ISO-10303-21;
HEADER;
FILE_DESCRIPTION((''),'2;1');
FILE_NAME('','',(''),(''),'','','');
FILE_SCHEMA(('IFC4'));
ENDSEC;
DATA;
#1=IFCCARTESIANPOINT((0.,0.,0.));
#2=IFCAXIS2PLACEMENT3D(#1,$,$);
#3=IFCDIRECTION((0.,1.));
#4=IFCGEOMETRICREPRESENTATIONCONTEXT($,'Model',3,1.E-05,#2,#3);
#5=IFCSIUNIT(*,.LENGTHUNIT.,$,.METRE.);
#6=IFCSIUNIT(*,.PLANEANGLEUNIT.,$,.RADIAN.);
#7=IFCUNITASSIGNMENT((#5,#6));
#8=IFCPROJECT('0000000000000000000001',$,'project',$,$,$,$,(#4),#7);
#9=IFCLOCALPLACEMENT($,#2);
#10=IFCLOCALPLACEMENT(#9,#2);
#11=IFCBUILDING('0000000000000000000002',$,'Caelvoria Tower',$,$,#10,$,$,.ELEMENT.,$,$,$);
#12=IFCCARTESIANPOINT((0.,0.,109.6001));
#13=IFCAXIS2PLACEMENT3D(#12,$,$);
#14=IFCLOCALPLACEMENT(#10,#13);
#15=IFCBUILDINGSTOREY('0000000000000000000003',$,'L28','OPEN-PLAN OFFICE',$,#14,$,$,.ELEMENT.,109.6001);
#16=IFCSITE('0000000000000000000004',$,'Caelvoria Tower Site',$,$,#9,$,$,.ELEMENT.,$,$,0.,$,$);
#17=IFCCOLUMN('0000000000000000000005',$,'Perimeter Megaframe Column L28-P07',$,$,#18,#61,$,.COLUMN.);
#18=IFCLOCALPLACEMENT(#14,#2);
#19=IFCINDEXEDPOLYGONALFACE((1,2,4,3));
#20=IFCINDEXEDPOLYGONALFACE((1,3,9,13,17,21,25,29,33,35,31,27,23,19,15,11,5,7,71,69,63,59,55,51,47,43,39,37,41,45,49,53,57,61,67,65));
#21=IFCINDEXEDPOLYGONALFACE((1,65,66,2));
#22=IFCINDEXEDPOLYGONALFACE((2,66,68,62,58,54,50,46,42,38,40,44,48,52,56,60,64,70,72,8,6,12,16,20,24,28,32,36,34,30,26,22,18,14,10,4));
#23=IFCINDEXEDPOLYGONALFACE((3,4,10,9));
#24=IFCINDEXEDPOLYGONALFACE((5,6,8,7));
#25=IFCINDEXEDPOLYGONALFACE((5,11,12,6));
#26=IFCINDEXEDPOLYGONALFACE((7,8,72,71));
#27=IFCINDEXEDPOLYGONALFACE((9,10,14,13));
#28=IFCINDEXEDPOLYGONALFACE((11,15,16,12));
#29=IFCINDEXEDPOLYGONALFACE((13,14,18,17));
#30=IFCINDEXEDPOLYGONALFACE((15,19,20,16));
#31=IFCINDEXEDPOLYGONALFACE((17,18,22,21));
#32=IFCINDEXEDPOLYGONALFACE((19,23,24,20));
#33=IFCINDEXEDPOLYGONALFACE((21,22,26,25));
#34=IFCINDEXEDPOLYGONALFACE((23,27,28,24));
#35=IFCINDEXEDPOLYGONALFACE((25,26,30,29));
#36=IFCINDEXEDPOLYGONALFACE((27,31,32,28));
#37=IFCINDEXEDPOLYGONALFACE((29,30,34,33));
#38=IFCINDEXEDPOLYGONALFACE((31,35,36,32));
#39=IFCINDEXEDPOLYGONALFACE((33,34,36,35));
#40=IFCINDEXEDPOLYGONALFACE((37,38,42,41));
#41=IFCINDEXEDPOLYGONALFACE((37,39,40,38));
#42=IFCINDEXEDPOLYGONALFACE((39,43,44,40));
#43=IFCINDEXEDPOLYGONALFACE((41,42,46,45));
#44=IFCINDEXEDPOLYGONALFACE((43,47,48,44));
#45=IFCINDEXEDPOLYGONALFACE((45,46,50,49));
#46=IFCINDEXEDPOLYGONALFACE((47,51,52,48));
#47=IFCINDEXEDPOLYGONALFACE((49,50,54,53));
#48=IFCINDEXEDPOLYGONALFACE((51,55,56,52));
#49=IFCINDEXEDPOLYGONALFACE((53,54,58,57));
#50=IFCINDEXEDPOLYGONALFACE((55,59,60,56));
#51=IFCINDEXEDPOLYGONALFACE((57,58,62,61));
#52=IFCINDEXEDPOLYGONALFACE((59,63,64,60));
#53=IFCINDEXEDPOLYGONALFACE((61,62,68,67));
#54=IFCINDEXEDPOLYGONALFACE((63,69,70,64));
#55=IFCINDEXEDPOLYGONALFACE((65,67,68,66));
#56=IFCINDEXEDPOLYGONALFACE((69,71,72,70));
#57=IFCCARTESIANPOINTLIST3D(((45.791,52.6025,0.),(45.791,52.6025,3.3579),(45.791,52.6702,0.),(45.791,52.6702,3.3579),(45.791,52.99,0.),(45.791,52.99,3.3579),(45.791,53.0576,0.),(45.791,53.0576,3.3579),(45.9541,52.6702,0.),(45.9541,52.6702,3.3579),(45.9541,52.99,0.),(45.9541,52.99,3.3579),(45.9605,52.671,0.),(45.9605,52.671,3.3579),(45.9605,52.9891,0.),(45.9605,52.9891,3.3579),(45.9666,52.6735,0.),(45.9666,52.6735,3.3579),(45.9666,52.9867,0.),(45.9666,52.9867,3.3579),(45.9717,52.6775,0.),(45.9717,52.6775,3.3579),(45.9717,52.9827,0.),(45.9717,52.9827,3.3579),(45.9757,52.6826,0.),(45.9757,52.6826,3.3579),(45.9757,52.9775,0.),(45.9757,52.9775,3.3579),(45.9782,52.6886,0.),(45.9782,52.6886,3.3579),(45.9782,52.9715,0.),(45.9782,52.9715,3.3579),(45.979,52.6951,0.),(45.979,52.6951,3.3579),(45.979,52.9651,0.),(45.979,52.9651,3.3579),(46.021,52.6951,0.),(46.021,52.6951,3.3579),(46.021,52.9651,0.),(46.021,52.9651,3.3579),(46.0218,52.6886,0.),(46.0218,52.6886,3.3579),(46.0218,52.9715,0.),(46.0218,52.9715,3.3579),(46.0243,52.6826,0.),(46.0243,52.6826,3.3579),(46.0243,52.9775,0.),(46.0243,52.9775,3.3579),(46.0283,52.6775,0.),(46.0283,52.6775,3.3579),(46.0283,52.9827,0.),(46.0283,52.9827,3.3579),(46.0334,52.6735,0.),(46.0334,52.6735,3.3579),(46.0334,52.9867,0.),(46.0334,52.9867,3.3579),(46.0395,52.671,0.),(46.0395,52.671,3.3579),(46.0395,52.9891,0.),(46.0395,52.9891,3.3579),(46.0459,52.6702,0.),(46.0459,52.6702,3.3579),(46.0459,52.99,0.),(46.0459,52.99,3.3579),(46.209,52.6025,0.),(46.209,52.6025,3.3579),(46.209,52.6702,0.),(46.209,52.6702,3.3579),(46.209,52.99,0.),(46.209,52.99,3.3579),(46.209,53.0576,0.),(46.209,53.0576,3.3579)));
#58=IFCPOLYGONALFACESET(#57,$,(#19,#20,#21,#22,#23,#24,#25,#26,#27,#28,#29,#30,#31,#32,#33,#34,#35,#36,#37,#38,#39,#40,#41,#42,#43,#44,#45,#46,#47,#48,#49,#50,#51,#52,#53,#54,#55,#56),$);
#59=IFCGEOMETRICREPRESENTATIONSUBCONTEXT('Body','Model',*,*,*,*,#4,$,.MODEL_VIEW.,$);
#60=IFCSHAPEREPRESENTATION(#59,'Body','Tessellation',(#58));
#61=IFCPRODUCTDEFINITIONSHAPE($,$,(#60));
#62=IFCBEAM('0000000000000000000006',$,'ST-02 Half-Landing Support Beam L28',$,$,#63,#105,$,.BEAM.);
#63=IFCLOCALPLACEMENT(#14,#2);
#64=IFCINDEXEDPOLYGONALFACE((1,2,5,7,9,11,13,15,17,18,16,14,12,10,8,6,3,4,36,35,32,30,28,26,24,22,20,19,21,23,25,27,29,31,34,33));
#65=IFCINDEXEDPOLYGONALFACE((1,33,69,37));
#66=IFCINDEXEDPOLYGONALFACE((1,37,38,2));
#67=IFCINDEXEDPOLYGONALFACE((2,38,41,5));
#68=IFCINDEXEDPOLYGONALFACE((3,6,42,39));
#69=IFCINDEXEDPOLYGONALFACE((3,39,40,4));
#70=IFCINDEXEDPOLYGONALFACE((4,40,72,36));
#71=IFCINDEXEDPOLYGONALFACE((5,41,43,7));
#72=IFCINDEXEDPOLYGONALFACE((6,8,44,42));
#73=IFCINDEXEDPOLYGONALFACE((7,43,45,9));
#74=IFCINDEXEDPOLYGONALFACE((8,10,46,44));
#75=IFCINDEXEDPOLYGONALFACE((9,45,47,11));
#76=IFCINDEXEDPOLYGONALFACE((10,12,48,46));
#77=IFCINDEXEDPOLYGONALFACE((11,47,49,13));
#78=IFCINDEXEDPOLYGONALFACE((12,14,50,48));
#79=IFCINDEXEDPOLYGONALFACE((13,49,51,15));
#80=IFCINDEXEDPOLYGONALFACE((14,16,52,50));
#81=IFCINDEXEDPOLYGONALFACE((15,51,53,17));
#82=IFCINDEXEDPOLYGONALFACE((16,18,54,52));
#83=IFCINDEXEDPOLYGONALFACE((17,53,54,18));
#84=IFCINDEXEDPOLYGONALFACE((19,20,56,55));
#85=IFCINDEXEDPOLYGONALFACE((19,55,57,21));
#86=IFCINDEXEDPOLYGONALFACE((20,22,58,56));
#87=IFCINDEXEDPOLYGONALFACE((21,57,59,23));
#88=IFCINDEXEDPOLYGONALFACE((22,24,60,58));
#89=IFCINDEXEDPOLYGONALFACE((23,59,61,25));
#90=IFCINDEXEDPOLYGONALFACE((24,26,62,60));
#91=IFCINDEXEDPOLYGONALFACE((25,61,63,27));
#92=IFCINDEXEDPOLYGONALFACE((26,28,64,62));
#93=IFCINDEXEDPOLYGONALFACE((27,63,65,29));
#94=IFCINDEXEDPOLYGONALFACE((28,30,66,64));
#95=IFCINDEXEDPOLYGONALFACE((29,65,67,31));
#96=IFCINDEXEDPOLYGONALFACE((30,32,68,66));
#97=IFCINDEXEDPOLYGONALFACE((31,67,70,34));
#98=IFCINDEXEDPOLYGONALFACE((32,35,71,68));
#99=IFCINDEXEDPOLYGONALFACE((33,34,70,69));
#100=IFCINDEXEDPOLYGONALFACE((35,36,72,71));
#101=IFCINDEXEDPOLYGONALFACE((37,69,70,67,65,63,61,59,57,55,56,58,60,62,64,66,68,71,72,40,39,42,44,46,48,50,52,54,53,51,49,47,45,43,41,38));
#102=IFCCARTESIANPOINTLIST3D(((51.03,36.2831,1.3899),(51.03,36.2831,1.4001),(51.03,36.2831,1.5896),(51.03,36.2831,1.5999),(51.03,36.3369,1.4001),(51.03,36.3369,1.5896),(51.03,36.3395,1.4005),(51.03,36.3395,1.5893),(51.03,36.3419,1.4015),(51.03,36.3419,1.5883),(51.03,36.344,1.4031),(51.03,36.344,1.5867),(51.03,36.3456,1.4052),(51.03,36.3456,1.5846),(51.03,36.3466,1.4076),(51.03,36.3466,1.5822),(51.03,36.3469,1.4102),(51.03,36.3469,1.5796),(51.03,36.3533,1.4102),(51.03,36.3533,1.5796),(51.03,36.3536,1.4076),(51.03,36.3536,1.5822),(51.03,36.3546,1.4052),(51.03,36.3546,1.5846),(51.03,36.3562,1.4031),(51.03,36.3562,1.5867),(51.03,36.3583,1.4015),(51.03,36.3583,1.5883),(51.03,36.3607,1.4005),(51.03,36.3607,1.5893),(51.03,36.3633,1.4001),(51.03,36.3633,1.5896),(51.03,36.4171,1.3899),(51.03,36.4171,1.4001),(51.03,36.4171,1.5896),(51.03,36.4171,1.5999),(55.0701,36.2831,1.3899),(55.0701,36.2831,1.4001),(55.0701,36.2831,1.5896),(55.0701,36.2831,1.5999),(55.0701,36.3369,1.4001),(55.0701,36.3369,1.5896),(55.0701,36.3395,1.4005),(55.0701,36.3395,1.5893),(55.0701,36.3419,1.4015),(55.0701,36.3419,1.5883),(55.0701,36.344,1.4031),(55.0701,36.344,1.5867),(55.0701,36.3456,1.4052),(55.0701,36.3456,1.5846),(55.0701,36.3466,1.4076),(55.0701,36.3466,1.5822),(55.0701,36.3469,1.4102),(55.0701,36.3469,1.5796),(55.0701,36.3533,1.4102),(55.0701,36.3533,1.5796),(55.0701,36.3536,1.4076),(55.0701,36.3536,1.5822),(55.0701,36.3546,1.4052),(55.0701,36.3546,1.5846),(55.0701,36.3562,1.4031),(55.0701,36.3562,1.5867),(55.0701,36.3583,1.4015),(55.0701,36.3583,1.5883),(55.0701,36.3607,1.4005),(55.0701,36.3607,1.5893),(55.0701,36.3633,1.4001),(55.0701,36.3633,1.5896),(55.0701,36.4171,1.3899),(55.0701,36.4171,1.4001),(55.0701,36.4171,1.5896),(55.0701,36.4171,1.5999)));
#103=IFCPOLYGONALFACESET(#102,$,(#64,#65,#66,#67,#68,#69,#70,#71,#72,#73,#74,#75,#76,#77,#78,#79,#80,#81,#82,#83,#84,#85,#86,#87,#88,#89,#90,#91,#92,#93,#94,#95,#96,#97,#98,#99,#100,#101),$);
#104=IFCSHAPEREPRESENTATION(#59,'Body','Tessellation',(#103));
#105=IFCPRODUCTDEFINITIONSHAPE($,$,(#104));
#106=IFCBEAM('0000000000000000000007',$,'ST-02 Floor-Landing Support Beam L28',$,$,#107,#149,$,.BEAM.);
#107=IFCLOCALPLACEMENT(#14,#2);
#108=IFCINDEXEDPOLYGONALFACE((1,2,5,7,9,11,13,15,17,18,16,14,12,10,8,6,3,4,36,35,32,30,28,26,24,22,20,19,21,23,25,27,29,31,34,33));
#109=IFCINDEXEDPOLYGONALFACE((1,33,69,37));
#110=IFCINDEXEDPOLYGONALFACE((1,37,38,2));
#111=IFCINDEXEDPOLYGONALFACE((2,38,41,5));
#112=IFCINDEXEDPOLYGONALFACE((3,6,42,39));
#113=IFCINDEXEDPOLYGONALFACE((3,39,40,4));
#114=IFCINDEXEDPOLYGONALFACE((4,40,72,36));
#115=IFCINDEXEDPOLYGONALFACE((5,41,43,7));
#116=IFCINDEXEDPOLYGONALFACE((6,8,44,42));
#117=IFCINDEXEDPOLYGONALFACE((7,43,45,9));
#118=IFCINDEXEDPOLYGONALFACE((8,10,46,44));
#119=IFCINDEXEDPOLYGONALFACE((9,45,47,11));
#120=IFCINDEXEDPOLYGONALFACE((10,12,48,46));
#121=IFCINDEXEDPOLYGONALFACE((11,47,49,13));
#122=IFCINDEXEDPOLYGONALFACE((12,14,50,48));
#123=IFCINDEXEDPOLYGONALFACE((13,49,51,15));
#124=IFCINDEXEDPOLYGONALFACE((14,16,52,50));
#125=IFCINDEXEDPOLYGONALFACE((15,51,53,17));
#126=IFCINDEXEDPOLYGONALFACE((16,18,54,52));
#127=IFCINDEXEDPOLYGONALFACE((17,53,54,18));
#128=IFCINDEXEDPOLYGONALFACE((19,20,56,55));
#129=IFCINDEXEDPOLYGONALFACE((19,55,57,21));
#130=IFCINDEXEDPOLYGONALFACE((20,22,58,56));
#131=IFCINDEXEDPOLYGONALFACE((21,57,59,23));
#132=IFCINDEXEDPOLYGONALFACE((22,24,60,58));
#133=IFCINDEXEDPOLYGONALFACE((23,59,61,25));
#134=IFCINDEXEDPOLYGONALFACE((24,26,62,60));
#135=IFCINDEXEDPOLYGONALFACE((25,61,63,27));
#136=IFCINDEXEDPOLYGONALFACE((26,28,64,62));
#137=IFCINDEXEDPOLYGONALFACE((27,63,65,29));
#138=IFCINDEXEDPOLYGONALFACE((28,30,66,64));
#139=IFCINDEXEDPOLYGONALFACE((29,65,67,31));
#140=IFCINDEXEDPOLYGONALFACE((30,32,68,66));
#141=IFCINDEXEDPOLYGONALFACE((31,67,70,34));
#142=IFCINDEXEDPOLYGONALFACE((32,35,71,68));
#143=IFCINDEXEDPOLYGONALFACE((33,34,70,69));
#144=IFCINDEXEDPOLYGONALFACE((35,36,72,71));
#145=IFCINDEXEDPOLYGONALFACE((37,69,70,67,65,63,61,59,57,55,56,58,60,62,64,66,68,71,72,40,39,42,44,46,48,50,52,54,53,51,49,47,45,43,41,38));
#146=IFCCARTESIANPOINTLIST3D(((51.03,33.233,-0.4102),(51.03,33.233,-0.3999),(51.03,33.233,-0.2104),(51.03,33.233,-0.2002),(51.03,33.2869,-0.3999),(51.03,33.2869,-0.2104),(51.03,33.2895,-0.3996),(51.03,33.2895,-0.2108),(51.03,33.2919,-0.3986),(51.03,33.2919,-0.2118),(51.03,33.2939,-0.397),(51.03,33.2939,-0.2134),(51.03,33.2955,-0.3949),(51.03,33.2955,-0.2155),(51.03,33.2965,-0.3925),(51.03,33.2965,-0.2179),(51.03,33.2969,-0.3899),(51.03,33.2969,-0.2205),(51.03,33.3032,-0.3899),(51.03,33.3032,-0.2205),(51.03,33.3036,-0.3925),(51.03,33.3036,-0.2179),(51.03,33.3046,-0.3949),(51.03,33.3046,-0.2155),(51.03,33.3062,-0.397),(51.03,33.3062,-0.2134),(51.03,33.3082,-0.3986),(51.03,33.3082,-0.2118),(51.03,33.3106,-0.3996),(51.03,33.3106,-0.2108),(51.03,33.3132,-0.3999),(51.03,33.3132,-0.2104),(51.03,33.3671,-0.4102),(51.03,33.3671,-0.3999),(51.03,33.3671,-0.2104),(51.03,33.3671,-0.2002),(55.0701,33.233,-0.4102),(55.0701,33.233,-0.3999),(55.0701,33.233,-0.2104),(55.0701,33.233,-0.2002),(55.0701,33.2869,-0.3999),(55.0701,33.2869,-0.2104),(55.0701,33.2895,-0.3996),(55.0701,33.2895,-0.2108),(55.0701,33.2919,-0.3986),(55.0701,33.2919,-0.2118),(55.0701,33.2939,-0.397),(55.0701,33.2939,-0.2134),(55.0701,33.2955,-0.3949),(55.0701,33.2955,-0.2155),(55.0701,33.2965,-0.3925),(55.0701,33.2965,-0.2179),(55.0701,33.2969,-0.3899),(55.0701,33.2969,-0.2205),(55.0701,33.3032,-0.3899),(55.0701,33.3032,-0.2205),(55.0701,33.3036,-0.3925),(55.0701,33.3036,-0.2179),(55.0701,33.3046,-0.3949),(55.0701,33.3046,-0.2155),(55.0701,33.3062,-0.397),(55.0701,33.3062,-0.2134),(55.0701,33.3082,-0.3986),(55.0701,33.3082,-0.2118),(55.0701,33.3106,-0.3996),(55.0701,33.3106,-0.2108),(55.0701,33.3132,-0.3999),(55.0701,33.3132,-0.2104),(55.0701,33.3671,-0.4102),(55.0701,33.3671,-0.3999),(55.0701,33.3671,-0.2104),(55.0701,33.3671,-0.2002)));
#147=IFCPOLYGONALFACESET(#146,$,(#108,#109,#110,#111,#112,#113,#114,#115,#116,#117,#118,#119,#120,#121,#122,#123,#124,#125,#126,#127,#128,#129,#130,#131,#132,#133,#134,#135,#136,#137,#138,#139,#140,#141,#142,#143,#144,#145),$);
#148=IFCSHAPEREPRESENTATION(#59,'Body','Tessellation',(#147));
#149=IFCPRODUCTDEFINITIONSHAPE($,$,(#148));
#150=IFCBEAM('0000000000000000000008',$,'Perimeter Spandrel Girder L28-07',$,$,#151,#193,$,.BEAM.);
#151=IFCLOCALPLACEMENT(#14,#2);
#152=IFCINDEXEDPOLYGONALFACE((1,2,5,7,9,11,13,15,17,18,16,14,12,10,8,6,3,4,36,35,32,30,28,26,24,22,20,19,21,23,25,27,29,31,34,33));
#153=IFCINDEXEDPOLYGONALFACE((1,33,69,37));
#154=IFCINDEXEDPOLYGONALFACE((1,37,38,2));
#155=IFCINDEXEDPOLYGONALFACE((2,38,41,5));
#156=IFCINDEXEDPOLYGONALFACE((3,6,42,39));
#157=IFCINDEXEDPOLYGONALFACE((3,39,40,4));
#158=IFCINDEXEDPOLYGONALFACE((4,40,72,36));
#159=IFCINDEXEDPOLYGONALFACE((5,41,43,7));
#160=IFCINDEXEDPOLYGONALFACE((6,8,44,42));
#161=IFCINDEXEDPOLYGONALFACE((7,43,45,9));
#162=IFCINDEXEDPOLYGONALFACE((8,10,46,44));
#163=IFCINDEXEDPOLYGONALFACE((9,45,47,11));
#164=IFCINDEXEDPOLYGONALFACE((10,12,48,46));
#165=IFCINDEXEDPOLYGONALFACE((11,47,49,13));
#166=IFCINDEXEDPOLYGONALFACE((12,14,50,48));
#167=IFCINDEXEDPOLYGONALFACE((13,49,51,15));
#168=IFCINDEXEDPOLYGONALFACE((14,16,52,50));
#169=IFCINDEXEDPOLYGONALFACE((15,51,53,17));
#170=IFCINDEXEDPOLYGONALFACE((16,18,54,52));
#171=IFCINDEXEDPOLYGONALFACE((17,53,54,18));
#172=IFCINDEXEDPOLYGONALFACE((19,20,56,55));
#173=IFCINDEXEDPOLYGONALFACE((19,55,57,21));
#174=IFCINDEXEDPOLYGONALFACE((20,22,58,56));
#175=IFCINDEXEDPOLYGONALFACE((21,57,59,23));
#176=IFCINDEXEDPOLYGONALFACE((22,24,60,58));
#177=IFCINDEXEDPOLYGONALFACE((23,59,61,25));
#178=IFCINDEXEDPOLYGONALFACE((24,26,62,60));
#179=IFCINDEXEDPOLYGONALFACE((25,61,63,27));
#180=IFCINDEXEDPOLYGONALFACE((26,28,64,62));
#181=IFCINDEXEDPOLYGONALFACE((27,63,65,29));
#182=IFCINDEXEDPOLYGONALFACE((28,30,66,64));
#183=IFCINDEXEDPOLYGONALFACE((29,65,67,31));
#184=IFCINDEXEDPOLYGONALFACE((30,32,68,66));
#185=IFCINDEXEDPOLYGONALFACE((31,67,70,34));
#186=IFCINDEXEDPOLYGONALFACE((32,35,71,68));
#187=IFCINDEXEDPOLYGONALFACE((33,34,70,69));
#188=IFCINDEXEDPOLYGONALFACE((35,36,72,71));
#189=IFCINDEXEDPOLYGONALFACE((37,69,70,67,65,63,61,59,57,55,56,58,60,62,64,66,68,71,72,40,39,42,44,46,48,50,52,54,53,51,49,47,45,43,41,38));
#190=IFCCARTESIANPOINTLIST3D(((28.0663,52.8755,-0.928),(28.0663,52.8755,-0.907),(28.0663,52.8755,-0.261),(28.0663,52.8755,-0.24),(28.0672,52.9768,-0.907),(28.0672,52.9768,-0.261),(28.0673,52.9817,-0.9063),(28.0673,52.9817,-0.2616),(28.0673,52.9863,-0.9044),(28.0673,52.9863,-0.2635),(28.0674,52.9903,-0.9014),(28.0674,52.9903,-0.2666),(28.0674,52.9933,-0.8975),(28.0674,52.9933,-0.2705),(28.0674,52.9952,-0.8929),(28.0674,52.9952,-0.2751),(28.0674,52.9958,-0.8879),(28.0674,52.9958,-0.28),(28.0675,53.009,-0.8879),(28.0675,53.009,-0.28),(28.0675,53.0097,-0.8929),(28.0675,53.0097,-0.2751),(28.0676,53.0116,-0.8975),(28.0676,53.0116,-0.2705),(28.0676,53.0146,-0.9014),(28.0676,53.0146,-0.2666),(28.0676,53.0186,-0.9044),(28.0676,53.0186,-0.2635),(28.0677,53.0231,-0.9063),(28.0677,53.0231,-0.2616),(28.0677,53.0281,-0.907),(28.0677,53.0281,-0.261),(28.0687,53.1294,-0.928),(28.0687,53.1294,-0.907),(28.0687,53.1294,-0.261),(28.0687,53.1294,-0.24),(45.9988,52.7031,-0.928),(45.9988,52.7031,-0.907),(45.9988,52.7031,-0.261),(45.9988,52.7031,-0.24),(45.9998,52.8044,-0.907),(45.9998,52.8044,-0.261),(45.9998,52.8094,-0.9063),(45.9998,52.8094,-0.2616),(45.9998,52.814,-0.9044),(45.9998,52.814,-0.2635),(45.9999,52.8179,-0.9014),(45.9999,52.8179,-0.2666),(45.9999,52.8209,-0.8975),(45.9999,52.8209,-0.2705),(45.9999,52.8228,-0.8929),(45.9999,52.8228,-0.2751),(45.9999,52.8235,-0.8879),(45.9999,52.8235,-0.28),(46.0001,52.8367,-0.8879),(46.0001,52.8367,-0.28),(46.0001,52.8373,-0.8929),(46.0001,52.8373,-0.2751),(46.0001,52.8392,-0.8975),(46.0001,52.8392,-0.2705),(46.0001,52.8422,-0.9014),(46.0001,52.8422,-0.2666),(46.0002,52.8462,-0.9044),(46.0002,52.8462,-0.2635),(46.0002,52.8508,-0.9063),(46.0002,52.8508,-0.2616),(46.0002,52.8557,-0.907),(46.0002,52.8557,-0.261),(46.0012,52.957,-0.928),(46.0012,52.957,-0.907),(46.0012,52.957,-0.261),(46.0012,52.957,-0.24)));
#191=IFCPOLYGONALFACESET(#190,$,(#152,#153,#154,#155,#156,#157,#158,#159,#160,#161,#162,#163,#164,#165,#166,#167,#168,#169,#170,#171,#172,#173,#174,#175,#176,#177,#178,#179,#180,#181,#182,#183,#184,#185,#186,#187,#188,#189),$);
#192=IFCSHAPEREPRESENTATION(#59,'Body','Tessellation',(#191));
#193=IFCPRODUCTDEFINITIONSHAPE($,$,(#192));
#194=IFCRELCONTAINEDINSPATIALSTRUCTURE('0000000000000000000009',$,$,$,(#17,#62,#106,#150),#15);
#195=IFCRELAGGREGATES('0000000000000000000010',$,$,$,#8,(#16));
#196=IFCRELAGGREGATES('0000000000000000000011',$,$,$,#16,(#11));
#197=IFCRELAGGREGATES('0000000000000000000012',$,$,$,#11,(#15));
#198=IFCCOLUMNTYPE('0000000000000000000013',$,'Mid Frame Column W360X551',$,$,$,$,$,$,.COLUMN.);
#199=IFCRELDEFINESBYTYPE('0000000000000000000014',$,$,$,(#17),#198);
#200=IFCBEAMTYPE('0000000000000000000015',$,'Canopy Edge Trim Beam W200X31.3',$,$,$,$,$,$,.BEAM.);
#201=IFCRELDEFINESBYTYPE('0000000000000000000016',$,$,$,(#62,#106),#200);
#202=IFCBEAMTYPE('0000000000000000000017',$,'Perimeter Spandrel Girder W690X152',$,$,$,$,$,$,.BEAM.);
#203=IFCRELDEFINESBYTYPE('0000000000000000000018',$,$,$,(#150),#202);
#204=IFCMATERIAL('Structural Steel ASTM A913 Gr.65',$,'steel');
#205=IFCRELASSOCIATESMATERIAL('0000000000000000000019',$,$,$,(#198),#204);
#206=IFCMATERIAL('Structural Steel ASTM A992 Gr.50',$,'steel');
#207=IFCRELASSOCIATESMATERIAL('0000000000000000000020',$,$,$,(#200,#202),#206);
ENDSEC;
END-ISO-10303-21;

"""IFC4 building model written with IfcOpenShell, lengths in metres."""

from ifc_helpers import new_model, si_unit, direction, frame, origin, origin_2d, place, context, subcontext, project, spatial, i_section, extrude, material, material_profile, profile_set, type_object, element, save


model = new_model("IFC4")

# Units and contexts
model_context = context("Model", 3, precision=1e-05, world=origin(), true_north=direction((0.0, 1.0)))
body_context = subcontext(model_context, "Body", "Model", "MODEL_VIEW")
ifc_project = project(units=[si_unit("LENGTHUNIT", "METRE"), si_unit("PLANEANGLEUNIT", "RADIAN")], contexts=[model_context])

# Site, building, storey
site_placement = place(None, origin())
site = spatial("IfcSite", under=ifc_project, at=site_placement, Name="Caelvoria Tower Site", CompositionType="ELEMENT", RefElevation=0.0)
building_placement = place(site_placement, origin())
building = spatial("IfcBuilding", under=site, at=building_placement, Name="Caelvoria Tower", CompositionType="ELEMENT")
storey_placement = place(building_placement, frame((0.0, 0.0, 109.6001)))
storey = spatial("IfcBuildingStorey", under=building, at=storey_placement, Name="L28", Description="OPEN-PLAN OFFICE", CompositionType="ELEMENT", Elevation=109.6001)

# Column
ifc_material_1 = material(Name="Structural Steel ASTM A913 Gr.65", Category="steel")
ifc_material_profile_1 = material_profile(ifc_material_1, i_section(OverallWidth=0.418, OverallDepth=0.4551, WebThickness=0.042, FlangeThickness=0.0676, FilletRadius=0.0249, at=origin_2d()), Name="Structural Steel ASTM A913 Gr.65")
ifc_profile_set_1 = profile_set([ifc_material_profile_1], Name="W360X551 - Structural Steel ASTM A913 Gr.65")
column_type = type_object("IfcColumnType", Name="Mid Frame Column W360X551", PredefinedType="COLUMN", material=ifc_profile_set_1)
column_placement = place(storey_placement, frame((46.0, 52.8301, 0.0), z_axis=(0.0, 0.0, 1.0), x_axis=(1.0, 0.0, 0.0)))
element("IfcColumn", 1, at=column_placement, inside=storey, type_object=column_type, Name="Perimeter Megaframe Column L28-P07", PredefinedType="COLUMN", context=body_context, shape_type="SweptSolid", body=[
    extrude(i_section(OverallWidth=0.418, OverallDepth=0.4551, WebThickness=0.042, FlangeThickness=0.0676, FilletRadius=0.0249, at=origin_2d()), origin(), (0.0, 0.0, 1.0), 3.3579),
])

# Beams
ifc_material_2 = material(Name="Structural Steel ASTM A992 Gr.50", Category="steel")
ifc_material_profile_2 = material_profile(ifc_material_2, i_section(OverallWidth=0.134, OverallDepth=0.21, WebThickness=0.0063, FlangeThickness=0.0103, FilletRadius=0.01, at=origin_2d()), Name="Structural Steel ASTM A992 Gr.50")
ifc_profile_set_2 = profile_set([ifc_material_profile_2], Name="W200X31.3 - Structural Steel ASTM A992 Gr.50")
beam_type_1 = type_object("IfcBeamType", Name="Canopy Edge Trim Beam W200X31.3", PredefinedType="BEAM", material=ifc_profile_set_2)
for number, where, z_axis, x_axis, name in (
    (2, (51.03, 36.3501, 1.4949), (1.0, 0.0, 0.0), (0.0, 1.0, 0.0), "ST-02 Half-Landing Support Beam L28"),
    (3, (51.03, 33.3, -0.3052), (1.0, 0.0, 0.0), (0.0, 1.0, 0.0), "ST-02 Floor-Landing Support Beam L28"),
):
    element("IfcBeam", number, at=place(storey_placement, frame(where, z_axis=z_axis, x_axis=x_axis)), inside=storey, type_object=beam_type_1, Name=name, PredefinedType="BEAM", context=body_context, shape_type="SweptSolid", body=[
        extrude(i_section(OverallWidth=0.134, OverallDepth=0.21, WebThickness=0.0063, FlangeThickness=0.0103, FilletRadius=0.01, at=origin_2d()), origin(), (0.0, 0.0, 1.0), 4.04),
    ])
ifc_material_profile_3 = material_profile(ifc_material_2, i_section(OverallWidth=0.2539, OverallDepth=0.688, WebThickness=0.0132, FlangeThickness=0.021, FilletRadius=0.019, at=origin_2d()), Name="Structural Steel ASTM A992 Gr.50")
ifc_profile_set_3 = profile_set([ifc_material_profile_3], Name="W690X152 - Structural Steel ASTM A992 Gr.50")
beam_type_2 = type_object("IfcBeamType", Name="Perimeter Spandrel Girder W690X152", PredefinedType="BEAM", material=ifc_profile_set_3)
beam_1_placement = place(storey_placement, frame((46.0, 52.8301, -0.584), z_axis=(-0.999954, 0.009611, 0.0), x_axis=(-0.009611, -0.999954, 0.0)))
element("IfcBeam", 4, at=beam_1_placement, inside=storey, type_object=beam_type_2, Name="Perimeter Spandrel Girder L28-07", PredefinedType="BEAM", context=body_context, shape_type="SweptSolid", body=[
    extrude(i_section(OverallWidth=0.2539, OverallDepth=0.688, WebThickness=0.0132, FlangeThickness=0.021, FilletRadius=0.019, at=origin_2d()), origin(), (0.0, 0.0, 1.0), 17.9333),
])

save(model, "model.ifc")
